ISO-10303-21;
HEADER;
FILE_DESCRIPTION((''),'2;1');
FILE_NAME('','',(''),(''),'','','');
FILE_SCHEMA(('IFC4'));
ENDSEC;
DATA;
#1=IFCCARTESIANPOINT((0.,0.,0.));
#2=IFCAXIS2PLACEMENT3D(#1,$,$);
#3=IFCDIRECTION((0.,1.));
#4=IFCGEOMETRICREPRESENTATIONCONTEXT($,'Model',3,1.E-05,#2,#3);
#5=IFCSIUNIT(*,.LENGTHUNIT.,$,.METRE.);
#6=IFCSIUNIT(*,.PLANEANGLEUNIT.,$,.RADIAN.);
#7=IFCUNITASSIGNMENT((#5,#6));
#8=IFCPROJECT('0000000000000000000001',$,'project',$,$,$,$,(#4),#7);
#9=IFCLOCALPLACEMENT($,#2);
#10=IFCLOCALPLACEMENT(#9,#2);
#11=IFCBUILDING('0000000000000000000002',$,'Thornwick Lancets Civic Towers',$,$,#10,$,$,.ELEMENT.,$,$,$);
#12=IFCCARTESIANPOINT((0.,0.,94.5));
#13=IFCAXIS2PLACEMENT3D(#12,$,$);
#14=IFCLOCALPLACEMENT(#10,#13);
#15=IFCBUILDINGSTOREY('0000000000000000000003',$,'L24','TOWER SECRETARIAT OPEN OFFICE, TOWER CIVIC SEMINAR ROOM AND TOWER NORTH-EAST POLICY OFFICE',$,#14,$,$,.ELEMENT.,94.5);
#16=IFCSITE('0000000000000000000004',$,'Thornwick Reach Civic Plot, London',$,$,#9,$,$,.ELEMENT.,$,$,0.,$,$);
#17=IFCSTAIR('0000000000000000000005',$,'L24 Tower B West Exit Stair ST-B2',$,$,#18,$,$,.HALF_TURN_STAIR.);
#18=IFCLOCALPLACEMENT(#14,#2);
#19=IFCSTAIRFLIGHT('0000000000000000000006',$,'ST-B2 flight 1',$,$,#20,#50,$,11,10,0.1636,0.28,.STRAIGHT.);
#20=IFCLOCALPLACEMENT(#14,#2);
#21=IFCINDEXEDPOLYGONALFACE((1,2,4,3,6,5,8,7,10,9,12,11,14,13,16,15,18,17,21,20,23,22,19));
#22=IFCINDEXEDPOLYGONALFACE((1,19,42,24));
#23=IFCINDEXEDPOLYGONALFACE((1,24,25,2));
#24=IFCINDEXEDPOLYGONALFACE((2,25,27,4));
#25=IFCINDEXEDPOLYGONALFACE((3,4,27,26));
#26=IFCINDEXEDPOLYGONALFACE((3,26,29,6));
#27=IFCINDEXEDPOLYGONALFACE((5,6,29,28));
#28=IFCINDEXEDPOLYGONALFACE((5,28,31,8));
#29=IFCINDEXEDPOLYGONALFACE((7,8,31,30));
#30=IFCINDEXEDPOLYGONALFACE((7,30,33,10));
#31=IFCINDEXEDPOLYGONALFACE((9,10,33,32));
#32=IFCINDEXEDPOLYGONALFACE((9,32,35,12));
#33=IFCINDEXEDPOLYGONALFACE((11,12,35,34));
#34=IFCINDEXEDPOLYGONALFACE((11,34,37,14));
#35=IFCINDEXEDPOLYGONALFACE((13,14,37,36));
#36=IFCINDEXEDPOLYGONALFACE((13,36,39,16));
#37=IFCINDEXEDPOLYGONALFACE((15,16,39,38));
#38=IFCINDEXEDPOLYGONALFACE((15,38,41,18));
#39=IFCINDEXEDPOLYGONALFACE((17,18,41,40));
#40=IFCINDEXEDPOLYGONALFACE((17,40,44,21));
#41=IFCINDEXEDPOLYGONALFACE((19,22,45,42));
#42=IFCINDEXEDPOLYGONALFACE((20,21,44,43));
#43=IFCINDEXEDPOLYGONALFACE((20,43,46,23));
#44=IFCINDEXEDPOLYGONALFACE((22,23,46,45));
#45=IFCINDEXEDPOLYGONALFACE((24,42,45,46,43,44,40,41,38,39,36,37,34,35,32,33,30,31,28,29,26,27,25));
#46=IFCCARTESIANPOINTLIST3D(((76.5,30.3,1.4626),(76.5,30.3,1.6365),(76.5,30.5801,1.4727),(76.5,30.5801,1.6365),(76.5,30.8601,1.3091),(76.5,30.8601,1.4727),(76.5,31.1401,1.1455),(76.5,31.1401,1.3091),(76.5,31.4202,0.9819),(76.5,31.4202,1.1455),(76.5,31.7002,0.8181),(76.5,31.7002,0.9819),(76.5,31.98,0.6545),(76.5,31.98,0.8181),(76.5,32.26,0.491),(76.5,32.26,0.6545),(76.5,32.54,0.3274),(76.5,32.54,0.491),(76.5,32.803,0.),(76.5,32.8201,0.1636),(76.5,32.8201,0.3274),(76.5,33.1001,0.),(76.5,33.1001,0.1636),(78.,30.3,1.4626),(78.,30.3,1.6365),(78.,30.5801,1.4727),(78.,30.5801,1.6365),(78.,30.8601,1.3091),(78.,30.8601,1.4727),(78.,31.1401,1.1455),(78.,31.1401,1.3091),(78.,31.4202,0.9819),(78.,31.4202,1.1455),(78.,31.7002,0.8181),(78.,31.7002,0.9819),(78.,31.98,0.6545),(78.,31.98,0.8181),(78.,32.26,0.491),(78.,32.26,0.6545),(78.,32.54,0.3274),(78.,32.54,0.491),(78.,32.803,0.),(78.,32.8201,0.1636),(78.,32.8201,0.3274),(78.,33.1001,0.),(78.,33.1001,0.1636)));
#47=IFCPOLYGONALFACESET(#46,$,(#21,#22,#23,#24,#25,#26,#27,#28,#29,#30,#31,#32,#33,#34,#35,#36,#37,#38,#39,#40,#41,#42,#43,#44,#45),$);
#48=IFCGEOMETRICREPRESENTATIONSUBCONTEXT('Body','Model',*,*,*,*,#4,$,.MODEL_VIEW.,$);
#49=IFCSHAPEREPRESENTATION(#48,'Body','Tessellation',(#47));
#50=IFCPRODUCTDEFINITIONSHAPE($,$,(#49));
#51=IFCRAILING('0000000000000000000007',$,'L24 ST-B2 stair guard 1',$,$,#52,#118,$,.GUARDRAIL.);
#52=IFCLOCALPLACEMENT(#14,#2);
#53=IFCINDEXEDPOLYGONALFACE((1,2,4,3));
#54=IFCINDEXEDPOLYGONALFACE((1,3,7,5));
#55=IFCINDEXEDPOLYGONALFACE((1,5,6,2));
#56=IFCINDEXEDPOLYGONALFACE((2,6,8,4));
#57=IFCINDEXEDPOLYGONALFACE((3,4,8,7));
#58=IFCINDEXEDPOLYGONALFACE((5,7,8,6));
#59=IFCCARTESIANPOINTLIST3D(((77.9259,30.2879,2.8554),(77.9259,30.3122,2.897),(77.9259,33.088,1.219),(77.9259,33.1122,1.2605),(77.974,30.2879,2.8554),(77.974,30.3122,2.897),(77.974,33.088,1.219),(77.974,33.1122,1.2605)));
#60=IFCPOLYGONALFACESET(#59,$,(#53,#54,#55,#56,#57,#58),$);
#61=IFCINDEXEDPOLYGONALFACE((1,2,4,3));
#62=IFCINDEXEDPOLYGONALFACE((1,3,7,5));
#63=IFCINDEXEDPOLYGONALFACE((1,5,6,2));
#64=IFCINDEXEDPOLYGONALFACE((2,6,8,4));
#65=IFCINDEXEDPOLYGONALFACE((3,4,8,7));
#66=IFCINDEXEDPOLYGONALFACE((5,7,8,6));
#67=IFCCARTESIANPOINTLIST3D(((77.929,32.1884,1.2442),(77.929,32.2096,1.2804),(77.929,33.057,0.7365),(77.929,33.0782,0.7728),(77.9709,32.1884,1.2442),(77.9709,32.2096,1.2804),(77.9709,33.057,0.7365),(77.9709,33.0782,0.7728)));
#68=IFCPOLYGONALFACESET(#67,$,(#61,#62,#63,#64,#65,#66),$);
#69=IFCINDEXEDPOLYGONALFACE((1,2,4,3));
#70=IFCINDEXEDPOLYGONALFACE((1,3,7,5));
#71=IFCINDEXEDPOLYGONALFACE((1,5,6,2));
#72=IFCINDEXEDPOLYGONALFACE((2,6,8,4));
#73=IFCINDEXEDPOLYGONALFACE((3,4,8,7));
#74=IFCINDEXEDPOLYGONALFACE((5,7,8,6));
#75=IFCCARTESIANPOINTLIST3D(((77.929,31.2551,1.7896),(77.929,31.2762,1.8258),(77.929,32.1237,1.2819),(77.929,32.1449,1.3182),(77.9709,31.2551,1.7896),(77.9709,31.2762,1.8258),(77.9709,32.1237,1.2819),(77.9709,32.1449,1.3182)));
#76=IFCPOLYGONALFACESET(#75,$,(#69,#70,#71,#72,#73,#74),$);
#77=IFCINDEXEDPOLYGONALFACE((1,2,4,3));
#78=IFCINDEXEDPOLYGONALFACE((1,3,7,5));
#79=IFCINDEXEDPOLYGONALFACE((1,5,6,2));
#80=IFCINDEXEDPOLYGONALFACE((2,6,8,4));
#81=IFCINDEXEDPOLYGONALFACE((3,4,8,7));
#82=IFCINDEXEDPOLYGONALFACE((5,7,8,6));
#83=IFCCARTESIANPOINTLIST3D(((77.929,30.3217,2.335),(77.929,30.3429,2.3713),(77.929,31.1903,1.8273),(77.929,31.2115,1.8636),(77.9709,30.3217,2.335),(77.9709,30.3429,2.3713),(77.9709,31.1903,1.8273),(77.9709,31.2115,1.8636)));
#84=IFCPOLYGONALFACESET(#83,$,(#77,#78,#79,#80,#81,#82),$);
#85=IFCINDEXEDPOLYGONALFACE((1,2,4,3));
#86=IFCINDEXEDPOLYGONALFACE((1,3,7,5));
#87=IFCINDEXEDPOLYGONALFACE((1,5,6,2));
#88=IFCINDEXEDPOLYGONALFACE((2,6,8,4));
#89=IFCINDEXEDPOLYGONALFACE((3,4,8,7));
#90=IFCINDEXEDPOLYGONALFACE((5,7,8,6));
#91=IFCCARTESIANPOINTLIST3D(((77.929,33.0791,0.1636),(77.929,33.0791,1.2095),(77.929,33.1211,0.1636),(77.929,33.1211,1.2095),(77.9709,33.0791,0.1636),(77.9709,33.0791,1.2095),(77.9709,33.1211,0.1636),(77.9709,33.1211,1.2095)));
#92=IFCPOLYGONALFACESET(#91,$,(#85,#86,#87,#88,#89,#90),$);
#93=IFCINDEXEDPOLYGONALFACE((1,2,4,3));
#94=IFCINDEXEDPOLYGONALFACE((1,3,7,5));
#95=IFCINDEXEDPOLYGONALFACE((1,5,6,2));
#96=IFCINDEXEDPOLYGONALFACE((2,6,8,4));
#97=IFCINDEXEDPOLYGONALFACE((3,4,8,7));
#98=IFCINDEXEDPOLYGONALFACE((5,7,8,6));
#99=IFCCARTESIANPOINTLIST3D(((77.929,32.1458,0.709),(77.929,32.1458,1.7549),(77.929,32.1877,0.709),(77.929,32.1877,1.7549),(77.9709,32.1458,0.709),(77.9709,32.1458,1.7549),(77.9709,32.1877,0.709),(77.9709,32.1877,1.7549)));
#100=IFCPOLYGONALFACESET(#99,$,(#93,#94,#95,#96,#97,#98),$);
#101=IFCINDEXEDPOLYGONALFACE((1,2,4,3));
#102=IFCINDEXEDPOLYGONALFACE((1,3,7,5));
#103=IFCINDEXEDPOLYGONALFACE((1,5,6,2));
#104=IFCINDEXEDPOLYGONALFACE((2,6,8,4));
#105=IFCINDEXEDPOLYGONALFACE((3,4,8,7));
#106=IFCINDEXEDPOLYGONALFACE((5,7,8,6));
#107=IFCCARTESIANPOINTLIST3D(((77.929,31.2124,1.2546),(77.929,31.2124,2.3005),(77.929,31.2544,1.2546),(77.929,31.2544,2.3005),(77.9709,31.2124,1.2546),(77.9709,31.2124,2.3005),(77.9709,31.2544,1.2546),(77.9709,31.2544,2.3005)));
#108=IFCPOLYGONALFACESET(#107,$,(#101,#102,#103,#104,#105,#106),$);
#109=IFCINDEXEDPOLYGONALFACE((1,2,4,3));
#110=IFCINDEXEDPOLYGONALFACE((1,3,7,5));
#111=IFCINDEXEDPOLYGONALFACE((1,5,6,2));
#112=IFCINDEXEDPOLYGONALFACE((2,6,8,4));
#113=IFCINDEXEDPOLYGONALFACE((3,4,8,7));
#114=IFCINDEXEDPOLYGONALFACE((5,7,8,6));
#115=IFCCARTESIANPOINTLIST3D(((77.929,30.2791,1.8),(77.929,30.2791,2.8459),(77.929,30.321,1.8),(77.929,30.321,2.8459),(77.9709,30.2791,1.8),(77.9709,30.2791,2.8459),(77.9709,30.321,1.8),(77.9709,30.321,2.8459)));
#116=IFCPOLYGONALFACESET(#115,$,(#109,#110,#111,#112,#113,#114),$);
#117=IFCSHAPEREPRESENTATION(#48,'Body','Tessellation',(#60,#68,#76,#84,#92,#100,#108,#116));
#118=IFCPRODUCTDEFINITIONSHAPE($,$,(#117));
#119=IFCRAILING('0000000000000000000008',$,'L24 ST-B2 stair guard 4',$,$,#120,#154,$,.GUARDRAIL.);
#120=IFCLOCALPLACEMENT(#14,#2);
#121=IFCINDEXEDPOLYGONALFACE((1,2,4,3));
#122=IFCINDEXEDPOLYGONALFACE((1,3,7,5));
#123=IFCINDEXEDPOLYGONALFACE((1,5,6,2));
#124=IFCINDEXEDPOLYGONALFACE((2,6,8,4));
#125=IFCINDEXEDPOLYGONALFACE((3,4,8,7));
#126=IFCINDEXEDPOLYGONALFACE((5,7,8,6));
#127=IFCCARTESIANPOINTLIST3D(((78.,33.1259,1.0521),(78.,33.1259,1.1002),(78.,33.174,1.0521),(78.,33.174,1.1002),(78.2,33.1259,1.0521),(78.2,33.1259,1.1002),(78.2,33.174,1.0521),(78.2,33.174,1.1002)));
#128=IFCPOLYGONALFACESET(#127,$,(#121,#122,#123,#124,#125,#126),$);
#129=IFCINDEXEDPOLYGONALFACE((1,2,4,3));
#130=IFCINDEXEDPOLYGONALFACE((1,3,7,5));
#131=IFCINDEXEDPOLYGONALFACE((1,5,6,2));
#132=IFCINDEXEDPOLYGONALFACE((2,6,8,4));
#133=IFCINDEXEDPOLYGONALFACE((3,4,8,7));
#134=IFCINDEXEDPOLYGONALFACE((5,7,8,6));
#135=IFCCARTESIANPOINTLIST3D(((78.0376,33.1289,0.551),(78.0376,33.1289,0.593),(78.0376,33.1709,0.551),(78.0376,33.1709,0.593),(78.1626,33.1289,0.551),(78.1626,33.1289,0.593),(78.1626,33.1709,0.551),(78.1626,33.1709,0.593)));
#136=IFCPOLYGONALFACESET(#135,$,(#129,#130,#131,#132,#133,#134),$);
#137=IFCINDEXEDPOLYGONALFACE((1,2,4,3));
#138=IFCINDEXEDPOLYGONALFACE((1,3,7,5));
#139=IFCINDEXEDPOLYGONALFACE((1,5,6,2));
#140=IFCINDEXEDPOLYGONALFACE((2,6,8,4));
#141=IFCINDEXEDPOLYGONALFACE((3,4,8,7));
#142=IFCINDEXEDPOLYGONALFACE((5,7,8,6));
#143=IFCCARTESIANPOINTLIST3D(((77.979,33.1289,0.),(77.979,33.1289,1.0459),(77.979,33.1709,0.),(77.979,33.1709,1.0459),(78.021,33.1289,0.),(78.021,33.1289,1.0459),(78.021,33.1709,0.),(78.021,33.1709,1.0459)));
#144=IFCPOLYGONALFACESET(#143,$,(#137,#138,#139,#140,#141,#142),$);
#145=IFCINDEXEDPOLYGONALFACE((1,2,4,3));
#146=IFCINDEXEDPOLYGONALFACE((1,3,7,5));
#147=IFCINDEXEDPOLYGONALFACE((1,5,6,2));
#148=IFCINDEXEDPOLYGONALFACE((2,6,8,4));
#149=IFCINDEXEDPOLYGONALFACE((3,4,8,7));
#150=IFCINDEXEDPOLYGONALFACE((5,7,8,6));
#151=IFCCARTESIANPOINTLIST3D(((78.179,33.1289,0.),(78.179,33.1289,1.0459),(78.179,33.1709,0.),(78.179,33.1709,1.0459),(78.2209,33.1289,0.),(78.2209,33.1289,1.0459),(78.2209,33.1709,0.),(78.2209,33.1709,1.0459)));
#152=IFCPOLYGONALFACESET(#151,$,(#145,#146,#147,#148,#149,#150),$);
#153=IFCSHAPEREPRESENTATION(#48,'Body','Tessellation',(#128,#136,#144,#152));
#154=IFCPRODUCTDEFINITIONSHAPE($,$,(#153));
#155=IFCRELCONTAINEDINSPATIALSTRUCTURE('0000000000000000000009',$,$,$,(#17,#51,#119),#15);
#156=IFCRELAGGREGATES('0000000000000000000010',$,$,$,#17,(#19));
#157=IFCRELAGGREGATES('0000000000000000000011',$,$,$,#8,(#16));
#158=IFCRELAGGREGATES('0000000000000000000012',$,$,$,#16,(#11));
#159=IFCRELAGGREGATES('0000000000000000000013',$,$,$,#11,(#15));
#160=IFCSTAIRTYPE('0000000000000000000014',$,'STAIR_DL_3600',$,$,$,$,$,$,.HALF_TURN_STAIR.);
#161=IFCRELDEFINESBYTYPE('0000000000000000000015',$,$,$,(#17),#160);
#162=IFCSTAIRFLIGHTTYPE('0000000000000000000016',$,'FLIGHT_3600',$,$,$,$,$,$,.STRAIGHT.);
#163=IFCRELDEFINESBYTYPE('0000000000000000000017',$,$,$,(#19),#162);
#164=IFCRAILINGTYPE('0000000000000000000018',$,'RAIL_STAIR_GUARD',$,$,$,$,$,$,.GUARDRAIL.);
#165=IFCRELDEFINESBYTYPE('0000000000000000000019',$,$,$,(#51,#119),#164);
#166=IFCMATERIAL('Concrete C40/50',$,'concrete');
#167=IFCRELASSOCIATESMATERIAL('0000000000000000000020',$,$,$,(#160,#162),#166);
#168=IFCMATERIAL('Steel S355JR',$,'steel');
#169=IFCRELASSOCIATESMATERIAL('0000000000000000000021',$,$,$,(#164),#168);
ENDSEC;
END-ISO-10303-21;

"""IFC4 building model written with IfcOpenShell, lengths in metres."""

from ifc_helpers import new_model, si_unit, direction, frame, origin, origin_2d, place, context, subcontext, project, spatial, polyline, rectangle, outline, extrude, material, type_object, element, aggregate, save


model = new_model("IFC4")

# Units and contexts
model_context = context("Model", 3, precision=1e-05, world=origin(), true_north=direction((0.0, 1.0)))
body_context = subcontext(model_context, "Body", "Model", "MODEL_VIEW")
ifc_project = project(units=[si_unit("LENGTHUNIT", "METRE"), si_unit("PLANEANGLEUNIT", "RADIAN")], contexts=[model_context])

# Site, building, storey
site_placement = place(None, origin())
site = spatial("IfcSite", under=ifc_project, at=site_placement, Name="Thornwick Reach Civic Plot, London", CompositionType="ELEMENT", RefElevation=0.0)
building_placement = place(site_placement, origin())
building = spatial("IfcBuilding", under=site, at=building_placement, Name="Thornwick Lancets Civic Towers", CompositionType="ELEMENT")
storey_placement = place(building_placement, frame((0.0, 0.0, 94.5)))
storey = spatial("IfcBuildingStorey", under=building, at=storey_placement, Name="L24", Description="TOWER SECRETARIAT OPEN OFFICE, TOWER CIVIC SEMINAR ROOM AND TOWER NORTH-EAST POLICY OFFICE", CompositionType="ELEMENT", Elevation=94.5)

# Shared definitions
ifc_material_1 = material(Name="Steel S355JR", Category="steel")

# Shared definitions
ifc_material_2 = material(Name="Concrete C40/50", Category="concrete")

# Stair, stair flight
stair_type = type_object("IfcStairType", Name="STAIR_DL_3600", PredefinedType="HALF_TURN_STAIR", material=ifc_material_2)
stair_placement = place(storey_placement, origin())
stair = element("IfcStair", 1, at=stair_placement, inside=storey, type_object=stair_type, Name="L24 Tower B West Exit Stair ST-B2", PredefinedType="HALF_TURN_STAIR")
stair_flight_type = type_object("IfcStairFlightType", Name="FLIGHT_3600", PredefinedType="STRAIGHT", material=ifc_material_2)
stair_flight_placement = place(storey_placement, frame((77.25, 33.1001, 0.0), z_axis=(0.0, 0.0, 1.0), x_axis=(0.0, -1.0, 0.0)))
stair_flight = element("IfcStairFlight", 2, at=stair_flight_placement, type_object=stair_flight_type, Name="ST-B2 flight 1", NumberOfRisers=11, NumberOfTreads=10, PredefinedType="STRAIGHT", RiserHeight=0.1636, TreadLength=0.28, context=body_context, shape_type="SweptSolid", body=[
    extrude(outline(polyline([(0.0, 0.0), (0.0, 0.1636), (0.28, 0.1636), (0.28, 0.3274), (0.5601, 0.3274), (0.5601, 0.491), (0.8401, 0.491), (0.8401, 0.6545), (1.1201, 0.6545), (1.1201, 0.8181), (1.3999, 0.8181), (1.3999, 0.9819), (1.6799, 0.9819), (1.6799, 1.1455), (1.96, 1.1455), (1.96, 1.3091), (2.24, 1.3091), (2.24, 1.4727), (2.52, 1.4727), (2.52, 1.6365), (2.8, 1.6365), (2.8, 1.8), (2.8, 1.4626), (0.2971, 0.0), (0.0, 0.0)])), frame((0.0, 0.75, 0.0), z_axis=(0.0, -1.0, 0.0), x_axis=(1.0, 0.0, 0.0)), (0.0, 0.0, 1.0), 1.5),
])
aggregate(stair, [stair_flight])

# Railings
railing_type = type_object("IfcRailingType", Name="RAIL_STAIR_GUARD", PredefinedType="GUARDRAIL", material=ifc_material_1)
railing_1_placement = place(storey_placement, frame((77.95, 33.1001, 0.1636)))
element("IfcRailing", 3, at=railing_1_placement, inside=storey, type_object=railing_type, Name="L24 ST-B2 stair guard 1", PredefinedType="GUARDRAIL", context=body_context, shape_type="SweptSolid", body=[
    extrude(rectangle(XDim=0.0481, YDim=0.0481, at=origin_2d()), frame((0.0, 0.0, 1.0762), z_axis=(0.0, -0.863361, 0.504587), x_axis=(1.0, 0.0, 0.0)), (0.0, 0.0, 1.0), 3.2432),
    extrude(rectangle(XDim=0.042, YDim=0.042, at=origin_2d()), frame((0.0, -0.0325, 0.5911), z_axis=(0.0, -0.863361, 0.504587), x_axis=(1.0, 0.0, 0.0)), (0.0, 0.0, 1.0), 1.0061),
    extrude(rectangle(XDim=0.042, YDim=0.042, at=origin_2d()), frame((0.0, -0.9658, 1.1365), z_axis=(0.0, -0.863361, 0.504587), x_axis=(1.0, 0.0, 0.0)), (0.0, 0.0, 1.0), 1.0061),
    extrude(rectangle(XDim=0.042, YDim=0.042, at=origin_2d()), frame((0.0, -1.8992, 1.6819), z_axis=(0.0, -0.863361, 0.504587), x_axis=(1.0, 0.0, 0.0)), (0.0, 0.0, 1.0), 1.0061),
    extrude(rectangle(XDim=0.042, YDim=0.042, at=origin_2d()), origin(), (0.0, 0.0, 1.0), 1.0459),
    extrude(rectangle(XDim=0.042, YDim=0.042, at=origin_2d()), frame((0.0, -0.9333, 0.5454)), (0.0, 0.0, 1.0), 1.0459),
    extrude(rectangle(XDim=0.042, YDim=0.042, at=origin_2d()), frame((0.0, -1.8667, 1.0911)), (0.0, 0.0, 1.0), 1.0459),
    extrude(rectangle(XDim=0.042, YDim=0.042, at=origin_2d()), frame((0.0, -2.8, 1.6365)), (0.0, 0.0, 1.0), 1.0459),
])
railing_2_placement = place(storey_placement, frame((78.0, 33.1499, 0.0)))
element("IfcRailing", 4, at=railing_2_placement, inside=storey, type_object=railing_type, Name="L24 ST-B2 stair guard 4", PredefinedType="GUARDRAIL", context=body_context, shape_type="SweptSolid", body=[
    extrude(rectangle(XDim=0.0481, YDim=0.0481, at=origin_2d()), frame((0.0, 0.0, 1.0762), z_axis=(1.0, 0.0, 0.0), x_axis=(0.0, 1.0, 0.0)), (0.0, 0.0, 1.0), 0.2),
    extrude(rectangle(XDim=0.042, YDim=0.042, at=origin_2d()), frame((0.0376, 0.0, 0.572), z_axis=(1.0, 0.0, 0.0), x_axis=(0.0, 1.0, 0.0)), (0.0, 0.0, 1.0), 0.125),
    extrude(rectangle(XDim=0.042, YDim=0.042, at=origin_2d()), origin(), (0.0, 0.0, 1.0), 1.0459),
    extrude(rectangle(XDim=0.042, YDim=0.042, at=origin_2d()), frame((0.2, 0.0, 0.0)), (0.0, 0.0, 1.0), 1.0459),
])

save(model, "model.ifc")
